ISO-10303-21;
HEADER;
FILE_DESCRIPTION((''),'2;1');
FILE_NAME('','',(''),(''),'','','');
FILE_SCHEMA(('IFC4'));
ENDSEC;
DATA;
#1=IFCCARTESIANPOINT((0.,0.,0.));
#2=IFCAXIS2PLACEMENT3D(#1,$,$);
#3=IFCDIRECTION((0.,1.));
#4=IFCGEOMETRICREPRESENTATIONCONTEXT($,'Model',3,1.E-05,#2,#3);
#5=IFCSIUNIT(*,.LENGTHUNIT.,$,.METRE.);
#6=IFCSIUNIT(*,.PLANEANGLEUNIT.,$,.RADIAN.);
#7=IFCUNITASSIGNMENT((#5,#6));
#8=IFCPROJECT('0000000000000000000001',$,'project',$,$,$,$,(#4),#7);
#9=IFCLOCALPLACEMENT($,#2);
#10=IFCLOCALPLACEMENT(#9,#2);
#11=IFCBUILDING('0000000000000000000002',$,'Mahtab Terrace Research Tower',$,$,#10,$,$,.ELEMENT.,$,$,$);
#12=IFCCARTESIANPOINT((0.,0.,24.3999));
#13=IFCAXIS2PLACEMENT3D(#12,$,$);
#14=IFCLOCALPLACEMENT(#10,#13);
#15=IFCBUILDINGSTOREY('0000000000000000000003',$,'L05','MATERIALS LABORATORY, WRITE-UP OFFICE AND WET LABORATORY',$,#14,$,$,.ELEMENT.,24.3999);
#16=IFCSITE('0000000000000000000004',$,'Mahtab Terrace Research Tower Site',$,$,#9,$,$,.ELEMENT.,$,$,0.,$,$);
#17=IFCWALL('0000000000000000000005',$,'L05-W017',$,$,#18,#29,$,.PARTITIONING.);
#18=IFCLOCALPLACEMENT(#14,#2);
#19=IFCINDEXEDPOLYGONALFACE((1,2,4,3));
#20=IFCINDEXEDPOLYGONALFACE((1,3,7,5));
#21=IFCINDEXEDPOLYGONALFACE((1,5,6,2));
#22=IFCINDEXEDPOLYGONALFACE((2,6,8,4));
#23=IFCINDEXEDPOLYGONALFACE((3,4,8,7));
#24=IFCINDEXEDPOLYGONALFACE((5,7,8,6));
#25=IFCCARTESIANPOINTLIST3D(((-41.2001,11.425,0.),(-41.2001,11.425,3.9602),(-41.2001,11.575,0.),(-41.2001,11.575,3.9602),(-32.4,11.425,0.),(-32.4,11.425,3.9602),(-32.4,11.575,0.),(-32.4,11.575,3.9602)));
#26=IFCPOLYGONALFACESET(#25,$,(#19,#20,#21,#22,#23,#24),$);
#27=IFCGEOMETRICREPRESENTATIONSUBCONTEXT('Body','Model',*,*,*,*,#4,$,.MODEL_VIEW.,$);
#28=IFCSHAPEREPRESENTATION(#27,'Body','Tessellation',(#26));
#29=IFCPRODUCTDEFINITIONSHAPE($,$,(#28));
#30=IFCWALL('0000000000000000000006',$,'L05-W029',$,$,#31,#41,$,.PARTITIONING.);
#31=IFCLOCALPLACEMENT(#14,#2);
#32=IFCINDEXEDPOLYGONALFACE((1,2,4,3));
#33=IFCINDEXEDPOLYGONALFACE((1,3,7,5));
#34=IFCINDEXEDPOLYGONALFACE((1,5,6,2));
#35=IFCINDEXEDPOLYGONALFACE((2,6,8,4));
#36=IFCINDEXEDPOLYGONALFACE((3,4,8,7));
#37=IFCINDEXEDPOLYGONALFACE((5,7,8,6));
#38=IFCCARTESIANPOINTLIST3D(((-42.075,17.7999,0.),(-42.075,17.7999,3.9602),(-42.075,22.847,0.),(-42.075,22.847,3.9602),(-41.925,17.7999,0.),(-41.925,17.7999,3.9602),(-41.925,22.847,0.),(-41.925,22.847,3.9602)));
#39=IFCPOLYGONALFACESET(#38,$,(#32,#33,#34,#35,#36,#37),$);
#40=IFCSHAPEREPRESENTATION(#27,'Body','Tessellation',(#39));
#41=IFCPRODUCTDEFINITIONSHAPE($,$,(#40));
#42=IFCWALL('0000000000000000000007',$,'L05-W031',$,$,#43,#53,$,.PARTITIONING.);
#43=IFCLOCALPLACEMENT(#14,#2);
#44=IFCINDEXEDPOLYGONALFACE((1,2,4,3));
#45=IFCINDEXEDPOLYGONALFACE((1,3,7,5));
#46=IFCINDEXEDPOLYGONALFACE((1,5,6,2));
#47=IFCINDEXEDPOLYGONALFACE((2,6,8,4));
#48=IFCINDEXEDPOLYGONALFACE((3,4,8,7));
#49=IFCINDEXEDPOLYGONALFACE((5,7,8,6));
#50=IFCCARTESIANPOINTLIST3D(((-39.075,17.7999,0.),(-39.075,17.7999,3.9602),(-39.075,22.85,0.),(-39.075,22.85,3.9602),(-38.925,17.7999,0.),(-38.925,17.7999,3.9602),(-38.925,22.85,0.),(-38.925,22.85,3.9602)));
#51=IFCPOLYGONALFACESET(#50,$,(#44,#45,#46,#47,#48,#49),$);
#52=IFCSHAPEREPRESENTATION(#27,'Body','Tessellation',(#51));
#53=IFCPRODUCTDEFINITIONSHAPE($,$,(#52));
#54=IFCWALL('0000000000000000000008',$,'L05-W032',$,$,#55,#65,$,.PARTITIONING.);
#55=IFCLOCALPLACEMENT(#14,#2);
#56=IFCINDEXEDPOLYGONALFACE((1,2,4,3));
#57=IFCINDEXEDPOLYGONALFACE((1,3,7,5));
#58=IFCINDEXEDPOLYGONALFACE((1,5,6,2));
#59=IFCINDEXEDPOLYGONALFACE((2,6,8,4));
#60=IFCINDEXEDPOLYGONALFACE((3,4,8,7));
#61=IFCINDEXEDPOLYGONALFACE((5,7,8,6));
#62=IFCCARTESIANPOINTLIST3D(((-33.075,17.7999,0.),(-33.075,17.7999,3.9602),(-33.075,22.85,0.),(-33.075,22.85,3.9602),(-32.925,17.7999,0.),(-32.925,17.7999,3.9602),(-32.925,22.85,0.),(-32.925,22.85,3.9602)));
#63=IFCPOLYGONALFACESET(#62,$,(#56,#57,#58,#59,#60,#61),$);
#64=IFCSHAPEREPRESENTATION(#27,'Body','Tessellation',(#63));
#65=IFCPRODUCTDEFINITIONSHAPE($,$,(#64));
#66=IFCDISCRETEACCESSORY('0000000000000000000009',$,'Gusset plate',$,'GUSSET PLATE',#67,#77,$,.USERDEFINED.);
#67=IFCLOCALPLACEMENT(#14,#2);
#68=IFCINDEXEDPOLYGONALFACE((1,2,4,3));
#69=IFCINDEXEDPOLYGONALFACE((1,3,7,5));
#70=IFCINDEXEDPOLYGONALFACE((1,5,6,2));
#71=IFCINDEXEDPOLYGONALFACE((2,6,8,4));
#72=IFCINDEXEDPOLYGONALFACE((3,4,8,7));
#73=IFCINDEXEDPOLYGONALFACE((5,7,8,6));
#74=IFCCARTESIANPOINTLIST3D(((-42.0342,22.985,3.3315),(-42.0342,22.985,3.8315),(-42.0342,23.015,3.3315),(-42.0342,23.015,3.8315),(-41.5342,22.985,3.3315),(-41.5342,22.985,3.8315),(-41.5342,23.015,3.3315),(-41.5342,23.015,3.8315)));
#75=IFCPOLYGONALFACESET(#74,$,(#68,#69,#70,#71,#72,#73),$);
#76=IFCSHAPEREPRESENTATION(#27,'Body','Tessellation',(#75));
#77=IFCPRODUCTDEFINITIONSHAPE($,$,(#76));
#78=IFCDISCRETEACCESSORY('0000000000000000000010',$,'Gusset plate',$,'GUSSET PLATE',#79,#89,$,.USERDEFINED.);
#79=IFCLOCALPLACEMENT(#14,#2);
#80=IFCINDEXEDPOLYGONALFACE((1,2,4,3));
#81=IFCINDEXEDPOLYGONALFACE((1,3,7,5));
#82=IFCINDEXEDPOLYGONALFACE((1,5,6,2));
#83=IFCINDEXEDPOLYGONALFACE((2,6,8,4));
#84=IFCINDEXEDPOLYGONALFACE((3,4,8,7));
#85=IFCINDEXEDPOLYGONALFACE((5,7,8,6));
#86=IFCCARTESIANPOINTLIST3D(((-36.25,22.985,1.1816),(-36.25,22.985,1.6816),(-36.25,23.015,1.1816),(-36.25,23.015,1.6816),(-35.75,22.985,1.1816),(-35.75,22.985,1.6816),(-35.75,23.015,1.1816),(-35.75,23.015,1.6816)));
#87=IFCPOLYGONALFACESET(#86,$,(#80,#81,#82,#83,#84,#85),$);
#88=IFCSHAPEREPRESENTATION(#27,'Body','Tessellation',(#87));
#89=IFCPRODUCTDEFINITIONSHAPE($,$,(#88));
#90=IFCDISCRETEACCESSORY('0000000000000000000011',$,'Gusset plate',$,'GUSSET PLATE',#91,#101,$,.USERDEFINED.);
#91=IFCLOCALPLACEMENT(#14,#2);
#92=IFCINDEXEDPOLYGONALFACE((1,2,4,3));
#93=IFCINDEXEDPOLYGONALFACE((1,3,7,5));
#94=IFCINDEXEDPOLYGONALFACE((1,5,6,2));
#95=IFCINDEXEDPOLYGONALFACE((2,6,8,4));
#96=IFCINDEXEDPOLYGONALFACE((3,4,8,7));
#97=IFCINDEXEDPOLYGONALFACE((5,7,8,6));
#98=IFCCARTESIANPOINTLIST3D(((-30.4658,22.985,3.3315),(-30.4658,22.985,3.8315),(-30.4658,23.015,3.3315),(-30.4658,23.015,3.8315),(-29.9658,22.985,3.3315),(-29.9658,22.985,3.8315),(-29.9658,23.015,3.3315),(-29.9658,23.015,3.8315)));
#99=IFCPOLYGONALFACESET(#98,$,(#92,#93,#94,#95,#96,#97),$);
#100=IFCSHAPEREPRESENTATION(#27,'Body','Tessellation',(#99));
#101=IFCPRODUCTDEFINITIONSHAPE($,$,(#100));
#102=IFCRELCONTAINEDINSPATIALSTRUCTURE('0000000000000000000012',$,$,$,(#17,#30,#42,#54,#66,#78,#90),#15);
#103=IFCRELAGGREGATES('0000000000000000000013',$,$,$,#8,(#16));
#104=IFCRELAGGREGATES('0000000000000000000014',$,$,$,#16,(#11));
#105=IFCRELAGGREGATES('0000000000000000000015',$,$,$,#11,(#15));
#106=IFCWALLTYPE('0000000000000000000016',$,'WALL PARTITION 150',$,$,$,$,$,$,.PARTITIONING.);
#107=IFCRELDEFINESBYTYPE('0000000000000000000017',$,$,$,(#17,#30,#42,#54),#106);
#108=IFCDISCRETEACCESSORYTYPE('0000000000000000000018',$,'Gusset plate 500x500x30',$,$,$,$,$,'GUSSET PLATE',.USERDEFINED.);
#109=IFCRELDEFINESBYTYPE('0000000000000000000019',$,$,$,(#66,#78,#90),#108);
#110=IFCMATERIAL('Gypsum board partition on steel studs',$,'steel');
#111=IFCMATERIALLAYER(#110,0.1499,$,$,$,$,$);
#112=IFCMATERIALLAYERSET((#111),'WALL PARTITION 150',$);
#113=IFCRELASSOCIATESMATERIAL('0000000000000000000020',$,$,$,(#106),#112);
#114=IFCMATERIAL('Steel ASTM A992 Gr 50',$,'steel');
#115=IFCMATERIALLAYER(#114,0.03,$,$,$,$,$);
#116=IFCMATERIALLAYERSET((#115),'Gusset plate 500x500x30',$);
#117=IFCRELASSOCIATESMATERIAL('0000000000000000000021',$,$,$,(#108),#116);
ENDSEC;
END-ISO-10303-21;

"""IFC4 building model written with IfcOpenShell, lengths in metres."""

from ifc_helpers import new_model, si_unit, direction, frame, frame_2d, origin, origin_2d, place, context, subcontext, project, spatial, rectangle, extrude, material, layer, layer_set, type_object, element, save


model = new_model("IFC4")

# Units and contexts
model_context = context("Model", 3, precision=1e-05, world=origin(), true_north=direction((0.0, 1.0)))
body_context = subcontext(model_context, "Body", "Model", "MODEL_VIEW")
ifc_project = project(units=[si_unit("LENGTHUNIT", "METRE"), si_unit("PLANEANGLEUNIT", "RADIAN")], contexts=[model_context])

# Site, building, storey
site_placement = place(None, origin())
site = spatial("IfcSite", under=ifc_project, at=site_placement, Name="Mahtab Terrace Research Tower Site", CompositionType="ELEMENT", RefElevation=0.0)
building_placement = place(site_placement, origin())
building = spatial("IfcBuilding", under=site, at=building_placement, Name="Mahtab Terrace Research Tower", CompositionType="ELEMENT")
storey_placement = place(building_placement, frame((0.0, 0.0, 24.3999)))
storey = spatial("IfcBuildingStorey", under=building, at=storey_placement, Name="L05", Description="MATERIALS LABORATORY, WRITE-UP OFFICE AND WET LABORATORY", CompositionType="ELEMENT", Elevation=24.3999)

# Shared definitions
ifc_material_1 = material(Name="Steel ASTM A992 Gr 50", Category="steel")

# Walls
ifc_material_2 = material(Name="Gypsum board partition on steel studs", Category="steel")
ifc_layer_1 = layer(ifc_material_2, 0.1499)
ifc_layer_set_1 = layer_set([ifc_layer_1], Name="WALL PARTITION 150")
wall_type_1 = type_object("IfcWallType", Name="WALL PARTITION 150", PredefinedType="PARTITIONING", material=ifc_layer_set_1)
wall_1_placement = place(storey_placement, frame((-41.2, 11.5, 0.0), z_axis=(0.0, 0.0, 1.0), x_axis=(1.0, 0.0, 0.0)))
element("IfcWall", 1, at=wall_1_placement, inside=storey, type_object=wall_type_1, Name="L05-W017", PredefinedType="PARTITIONING", context=body_context, shape_type="SweptSolid", body=[
    extrude(rectangle(XDim=8.8, YDim=0.1499, at=frame_2d((4.3999, 0.0))), origin(), (0.0, 0.0, 1.0), 3.9602),
])
wall_2_placement = place(storey_placement, frame((-42.0, 17.8, 0.0), z_axis=(0.0, 0.0, 1.0), x_axis=(0.0, 1.0, 0.0)))
element("IfcWall", 2, at=wall_2_placement, inside=storey, type_object=wall_type_1, Name="L05-W029", PredefinedType="PARTITIONING", context=body_context, shape_type="SweptSolid", body=[
    extrude(rectangle(XDim=5.0471, YDim=0.1499, at=frame_2d((2.5234, 0.0))), origin(), (0.0, 0.0, 1.0), 3.9602),
])
for number, where, z_axis, x_axis, name in (
    (3, (-39.0, 17.8, 0.0), (0.0, 0.0, 1.0), (0.0, 1.0, 0.0), "L05-W031"),
    (4, (-33.0, 17.8, 0.0), (0.0, 0.0, 1.0), (0.0, 1.0, 0.0), "L05-W032"),
):
    element("IfcWall", number, at=place(storey_placement, frame(where, z_axis=z_axis, x_axis=x_axis)), inside=storey, type_object=wall_type_1, Name=name, PredefinedType="PARTITIONING", context=body_context, shape_type="SweptSolid", body=[
        extrude(rectangle(XDim=5.05, YDim=0.1499, at=frame_2d((2.5249, 0.0))), origin(), (0.0, 0.0, 1.0), 3.9602),
    ])

# Discrete accessories
ifc_layer_2 = layer(ifc_material_1, 0.03)
ifc_layer_set_2 = layer_set([ifc_layer_2], Name="Gusset plate 500x500x30")
discrete_accessory_type = type_object("IfcDiscreteAccessoryType", Name="Gusset plate 500x500x30", ElementType="GUSSET PLATE", PredefinedType="USERDEFINED", material=ifc_layer_set_2)
for number, where, z_axis, x_axis, name in (
    (5, (-41.7842, 23.0, 3.3315), (0.0, 0.0, 1.0), (1.0, 0.0, 0.0), "Gusset plate"),
    (6, (-36.0, 23.0, 1.1816), (0.0, 0.0, 1.0), (1.0, 0.0, 0.0), "Gusset plate"),
    (7, (-30.2158, 23.0, 3.3315), (0.0, 0.0, 1.0), (1.0, 0.0, 0.0), "Gusset plate"),
):
    element("IfcDiscreteAccessory", number, at=place(storey_placement, frame(where, z_axis=z_axis, x_axis=x_axis)), inside=storey, type_object=discrete_accessory_type, Name=name, ObjectType="GUSSET PLATE", PredefinedType="USERDEFINED", context=body_context, shape_type="SweptSolid", body=[
        extrude(rectangle(XDim=0.5, YDim=0.03, at=origin_2d()), origin(), (0.0, 0.0, 1.0), 0.5),
    ])

save(model, "model.ifc")
